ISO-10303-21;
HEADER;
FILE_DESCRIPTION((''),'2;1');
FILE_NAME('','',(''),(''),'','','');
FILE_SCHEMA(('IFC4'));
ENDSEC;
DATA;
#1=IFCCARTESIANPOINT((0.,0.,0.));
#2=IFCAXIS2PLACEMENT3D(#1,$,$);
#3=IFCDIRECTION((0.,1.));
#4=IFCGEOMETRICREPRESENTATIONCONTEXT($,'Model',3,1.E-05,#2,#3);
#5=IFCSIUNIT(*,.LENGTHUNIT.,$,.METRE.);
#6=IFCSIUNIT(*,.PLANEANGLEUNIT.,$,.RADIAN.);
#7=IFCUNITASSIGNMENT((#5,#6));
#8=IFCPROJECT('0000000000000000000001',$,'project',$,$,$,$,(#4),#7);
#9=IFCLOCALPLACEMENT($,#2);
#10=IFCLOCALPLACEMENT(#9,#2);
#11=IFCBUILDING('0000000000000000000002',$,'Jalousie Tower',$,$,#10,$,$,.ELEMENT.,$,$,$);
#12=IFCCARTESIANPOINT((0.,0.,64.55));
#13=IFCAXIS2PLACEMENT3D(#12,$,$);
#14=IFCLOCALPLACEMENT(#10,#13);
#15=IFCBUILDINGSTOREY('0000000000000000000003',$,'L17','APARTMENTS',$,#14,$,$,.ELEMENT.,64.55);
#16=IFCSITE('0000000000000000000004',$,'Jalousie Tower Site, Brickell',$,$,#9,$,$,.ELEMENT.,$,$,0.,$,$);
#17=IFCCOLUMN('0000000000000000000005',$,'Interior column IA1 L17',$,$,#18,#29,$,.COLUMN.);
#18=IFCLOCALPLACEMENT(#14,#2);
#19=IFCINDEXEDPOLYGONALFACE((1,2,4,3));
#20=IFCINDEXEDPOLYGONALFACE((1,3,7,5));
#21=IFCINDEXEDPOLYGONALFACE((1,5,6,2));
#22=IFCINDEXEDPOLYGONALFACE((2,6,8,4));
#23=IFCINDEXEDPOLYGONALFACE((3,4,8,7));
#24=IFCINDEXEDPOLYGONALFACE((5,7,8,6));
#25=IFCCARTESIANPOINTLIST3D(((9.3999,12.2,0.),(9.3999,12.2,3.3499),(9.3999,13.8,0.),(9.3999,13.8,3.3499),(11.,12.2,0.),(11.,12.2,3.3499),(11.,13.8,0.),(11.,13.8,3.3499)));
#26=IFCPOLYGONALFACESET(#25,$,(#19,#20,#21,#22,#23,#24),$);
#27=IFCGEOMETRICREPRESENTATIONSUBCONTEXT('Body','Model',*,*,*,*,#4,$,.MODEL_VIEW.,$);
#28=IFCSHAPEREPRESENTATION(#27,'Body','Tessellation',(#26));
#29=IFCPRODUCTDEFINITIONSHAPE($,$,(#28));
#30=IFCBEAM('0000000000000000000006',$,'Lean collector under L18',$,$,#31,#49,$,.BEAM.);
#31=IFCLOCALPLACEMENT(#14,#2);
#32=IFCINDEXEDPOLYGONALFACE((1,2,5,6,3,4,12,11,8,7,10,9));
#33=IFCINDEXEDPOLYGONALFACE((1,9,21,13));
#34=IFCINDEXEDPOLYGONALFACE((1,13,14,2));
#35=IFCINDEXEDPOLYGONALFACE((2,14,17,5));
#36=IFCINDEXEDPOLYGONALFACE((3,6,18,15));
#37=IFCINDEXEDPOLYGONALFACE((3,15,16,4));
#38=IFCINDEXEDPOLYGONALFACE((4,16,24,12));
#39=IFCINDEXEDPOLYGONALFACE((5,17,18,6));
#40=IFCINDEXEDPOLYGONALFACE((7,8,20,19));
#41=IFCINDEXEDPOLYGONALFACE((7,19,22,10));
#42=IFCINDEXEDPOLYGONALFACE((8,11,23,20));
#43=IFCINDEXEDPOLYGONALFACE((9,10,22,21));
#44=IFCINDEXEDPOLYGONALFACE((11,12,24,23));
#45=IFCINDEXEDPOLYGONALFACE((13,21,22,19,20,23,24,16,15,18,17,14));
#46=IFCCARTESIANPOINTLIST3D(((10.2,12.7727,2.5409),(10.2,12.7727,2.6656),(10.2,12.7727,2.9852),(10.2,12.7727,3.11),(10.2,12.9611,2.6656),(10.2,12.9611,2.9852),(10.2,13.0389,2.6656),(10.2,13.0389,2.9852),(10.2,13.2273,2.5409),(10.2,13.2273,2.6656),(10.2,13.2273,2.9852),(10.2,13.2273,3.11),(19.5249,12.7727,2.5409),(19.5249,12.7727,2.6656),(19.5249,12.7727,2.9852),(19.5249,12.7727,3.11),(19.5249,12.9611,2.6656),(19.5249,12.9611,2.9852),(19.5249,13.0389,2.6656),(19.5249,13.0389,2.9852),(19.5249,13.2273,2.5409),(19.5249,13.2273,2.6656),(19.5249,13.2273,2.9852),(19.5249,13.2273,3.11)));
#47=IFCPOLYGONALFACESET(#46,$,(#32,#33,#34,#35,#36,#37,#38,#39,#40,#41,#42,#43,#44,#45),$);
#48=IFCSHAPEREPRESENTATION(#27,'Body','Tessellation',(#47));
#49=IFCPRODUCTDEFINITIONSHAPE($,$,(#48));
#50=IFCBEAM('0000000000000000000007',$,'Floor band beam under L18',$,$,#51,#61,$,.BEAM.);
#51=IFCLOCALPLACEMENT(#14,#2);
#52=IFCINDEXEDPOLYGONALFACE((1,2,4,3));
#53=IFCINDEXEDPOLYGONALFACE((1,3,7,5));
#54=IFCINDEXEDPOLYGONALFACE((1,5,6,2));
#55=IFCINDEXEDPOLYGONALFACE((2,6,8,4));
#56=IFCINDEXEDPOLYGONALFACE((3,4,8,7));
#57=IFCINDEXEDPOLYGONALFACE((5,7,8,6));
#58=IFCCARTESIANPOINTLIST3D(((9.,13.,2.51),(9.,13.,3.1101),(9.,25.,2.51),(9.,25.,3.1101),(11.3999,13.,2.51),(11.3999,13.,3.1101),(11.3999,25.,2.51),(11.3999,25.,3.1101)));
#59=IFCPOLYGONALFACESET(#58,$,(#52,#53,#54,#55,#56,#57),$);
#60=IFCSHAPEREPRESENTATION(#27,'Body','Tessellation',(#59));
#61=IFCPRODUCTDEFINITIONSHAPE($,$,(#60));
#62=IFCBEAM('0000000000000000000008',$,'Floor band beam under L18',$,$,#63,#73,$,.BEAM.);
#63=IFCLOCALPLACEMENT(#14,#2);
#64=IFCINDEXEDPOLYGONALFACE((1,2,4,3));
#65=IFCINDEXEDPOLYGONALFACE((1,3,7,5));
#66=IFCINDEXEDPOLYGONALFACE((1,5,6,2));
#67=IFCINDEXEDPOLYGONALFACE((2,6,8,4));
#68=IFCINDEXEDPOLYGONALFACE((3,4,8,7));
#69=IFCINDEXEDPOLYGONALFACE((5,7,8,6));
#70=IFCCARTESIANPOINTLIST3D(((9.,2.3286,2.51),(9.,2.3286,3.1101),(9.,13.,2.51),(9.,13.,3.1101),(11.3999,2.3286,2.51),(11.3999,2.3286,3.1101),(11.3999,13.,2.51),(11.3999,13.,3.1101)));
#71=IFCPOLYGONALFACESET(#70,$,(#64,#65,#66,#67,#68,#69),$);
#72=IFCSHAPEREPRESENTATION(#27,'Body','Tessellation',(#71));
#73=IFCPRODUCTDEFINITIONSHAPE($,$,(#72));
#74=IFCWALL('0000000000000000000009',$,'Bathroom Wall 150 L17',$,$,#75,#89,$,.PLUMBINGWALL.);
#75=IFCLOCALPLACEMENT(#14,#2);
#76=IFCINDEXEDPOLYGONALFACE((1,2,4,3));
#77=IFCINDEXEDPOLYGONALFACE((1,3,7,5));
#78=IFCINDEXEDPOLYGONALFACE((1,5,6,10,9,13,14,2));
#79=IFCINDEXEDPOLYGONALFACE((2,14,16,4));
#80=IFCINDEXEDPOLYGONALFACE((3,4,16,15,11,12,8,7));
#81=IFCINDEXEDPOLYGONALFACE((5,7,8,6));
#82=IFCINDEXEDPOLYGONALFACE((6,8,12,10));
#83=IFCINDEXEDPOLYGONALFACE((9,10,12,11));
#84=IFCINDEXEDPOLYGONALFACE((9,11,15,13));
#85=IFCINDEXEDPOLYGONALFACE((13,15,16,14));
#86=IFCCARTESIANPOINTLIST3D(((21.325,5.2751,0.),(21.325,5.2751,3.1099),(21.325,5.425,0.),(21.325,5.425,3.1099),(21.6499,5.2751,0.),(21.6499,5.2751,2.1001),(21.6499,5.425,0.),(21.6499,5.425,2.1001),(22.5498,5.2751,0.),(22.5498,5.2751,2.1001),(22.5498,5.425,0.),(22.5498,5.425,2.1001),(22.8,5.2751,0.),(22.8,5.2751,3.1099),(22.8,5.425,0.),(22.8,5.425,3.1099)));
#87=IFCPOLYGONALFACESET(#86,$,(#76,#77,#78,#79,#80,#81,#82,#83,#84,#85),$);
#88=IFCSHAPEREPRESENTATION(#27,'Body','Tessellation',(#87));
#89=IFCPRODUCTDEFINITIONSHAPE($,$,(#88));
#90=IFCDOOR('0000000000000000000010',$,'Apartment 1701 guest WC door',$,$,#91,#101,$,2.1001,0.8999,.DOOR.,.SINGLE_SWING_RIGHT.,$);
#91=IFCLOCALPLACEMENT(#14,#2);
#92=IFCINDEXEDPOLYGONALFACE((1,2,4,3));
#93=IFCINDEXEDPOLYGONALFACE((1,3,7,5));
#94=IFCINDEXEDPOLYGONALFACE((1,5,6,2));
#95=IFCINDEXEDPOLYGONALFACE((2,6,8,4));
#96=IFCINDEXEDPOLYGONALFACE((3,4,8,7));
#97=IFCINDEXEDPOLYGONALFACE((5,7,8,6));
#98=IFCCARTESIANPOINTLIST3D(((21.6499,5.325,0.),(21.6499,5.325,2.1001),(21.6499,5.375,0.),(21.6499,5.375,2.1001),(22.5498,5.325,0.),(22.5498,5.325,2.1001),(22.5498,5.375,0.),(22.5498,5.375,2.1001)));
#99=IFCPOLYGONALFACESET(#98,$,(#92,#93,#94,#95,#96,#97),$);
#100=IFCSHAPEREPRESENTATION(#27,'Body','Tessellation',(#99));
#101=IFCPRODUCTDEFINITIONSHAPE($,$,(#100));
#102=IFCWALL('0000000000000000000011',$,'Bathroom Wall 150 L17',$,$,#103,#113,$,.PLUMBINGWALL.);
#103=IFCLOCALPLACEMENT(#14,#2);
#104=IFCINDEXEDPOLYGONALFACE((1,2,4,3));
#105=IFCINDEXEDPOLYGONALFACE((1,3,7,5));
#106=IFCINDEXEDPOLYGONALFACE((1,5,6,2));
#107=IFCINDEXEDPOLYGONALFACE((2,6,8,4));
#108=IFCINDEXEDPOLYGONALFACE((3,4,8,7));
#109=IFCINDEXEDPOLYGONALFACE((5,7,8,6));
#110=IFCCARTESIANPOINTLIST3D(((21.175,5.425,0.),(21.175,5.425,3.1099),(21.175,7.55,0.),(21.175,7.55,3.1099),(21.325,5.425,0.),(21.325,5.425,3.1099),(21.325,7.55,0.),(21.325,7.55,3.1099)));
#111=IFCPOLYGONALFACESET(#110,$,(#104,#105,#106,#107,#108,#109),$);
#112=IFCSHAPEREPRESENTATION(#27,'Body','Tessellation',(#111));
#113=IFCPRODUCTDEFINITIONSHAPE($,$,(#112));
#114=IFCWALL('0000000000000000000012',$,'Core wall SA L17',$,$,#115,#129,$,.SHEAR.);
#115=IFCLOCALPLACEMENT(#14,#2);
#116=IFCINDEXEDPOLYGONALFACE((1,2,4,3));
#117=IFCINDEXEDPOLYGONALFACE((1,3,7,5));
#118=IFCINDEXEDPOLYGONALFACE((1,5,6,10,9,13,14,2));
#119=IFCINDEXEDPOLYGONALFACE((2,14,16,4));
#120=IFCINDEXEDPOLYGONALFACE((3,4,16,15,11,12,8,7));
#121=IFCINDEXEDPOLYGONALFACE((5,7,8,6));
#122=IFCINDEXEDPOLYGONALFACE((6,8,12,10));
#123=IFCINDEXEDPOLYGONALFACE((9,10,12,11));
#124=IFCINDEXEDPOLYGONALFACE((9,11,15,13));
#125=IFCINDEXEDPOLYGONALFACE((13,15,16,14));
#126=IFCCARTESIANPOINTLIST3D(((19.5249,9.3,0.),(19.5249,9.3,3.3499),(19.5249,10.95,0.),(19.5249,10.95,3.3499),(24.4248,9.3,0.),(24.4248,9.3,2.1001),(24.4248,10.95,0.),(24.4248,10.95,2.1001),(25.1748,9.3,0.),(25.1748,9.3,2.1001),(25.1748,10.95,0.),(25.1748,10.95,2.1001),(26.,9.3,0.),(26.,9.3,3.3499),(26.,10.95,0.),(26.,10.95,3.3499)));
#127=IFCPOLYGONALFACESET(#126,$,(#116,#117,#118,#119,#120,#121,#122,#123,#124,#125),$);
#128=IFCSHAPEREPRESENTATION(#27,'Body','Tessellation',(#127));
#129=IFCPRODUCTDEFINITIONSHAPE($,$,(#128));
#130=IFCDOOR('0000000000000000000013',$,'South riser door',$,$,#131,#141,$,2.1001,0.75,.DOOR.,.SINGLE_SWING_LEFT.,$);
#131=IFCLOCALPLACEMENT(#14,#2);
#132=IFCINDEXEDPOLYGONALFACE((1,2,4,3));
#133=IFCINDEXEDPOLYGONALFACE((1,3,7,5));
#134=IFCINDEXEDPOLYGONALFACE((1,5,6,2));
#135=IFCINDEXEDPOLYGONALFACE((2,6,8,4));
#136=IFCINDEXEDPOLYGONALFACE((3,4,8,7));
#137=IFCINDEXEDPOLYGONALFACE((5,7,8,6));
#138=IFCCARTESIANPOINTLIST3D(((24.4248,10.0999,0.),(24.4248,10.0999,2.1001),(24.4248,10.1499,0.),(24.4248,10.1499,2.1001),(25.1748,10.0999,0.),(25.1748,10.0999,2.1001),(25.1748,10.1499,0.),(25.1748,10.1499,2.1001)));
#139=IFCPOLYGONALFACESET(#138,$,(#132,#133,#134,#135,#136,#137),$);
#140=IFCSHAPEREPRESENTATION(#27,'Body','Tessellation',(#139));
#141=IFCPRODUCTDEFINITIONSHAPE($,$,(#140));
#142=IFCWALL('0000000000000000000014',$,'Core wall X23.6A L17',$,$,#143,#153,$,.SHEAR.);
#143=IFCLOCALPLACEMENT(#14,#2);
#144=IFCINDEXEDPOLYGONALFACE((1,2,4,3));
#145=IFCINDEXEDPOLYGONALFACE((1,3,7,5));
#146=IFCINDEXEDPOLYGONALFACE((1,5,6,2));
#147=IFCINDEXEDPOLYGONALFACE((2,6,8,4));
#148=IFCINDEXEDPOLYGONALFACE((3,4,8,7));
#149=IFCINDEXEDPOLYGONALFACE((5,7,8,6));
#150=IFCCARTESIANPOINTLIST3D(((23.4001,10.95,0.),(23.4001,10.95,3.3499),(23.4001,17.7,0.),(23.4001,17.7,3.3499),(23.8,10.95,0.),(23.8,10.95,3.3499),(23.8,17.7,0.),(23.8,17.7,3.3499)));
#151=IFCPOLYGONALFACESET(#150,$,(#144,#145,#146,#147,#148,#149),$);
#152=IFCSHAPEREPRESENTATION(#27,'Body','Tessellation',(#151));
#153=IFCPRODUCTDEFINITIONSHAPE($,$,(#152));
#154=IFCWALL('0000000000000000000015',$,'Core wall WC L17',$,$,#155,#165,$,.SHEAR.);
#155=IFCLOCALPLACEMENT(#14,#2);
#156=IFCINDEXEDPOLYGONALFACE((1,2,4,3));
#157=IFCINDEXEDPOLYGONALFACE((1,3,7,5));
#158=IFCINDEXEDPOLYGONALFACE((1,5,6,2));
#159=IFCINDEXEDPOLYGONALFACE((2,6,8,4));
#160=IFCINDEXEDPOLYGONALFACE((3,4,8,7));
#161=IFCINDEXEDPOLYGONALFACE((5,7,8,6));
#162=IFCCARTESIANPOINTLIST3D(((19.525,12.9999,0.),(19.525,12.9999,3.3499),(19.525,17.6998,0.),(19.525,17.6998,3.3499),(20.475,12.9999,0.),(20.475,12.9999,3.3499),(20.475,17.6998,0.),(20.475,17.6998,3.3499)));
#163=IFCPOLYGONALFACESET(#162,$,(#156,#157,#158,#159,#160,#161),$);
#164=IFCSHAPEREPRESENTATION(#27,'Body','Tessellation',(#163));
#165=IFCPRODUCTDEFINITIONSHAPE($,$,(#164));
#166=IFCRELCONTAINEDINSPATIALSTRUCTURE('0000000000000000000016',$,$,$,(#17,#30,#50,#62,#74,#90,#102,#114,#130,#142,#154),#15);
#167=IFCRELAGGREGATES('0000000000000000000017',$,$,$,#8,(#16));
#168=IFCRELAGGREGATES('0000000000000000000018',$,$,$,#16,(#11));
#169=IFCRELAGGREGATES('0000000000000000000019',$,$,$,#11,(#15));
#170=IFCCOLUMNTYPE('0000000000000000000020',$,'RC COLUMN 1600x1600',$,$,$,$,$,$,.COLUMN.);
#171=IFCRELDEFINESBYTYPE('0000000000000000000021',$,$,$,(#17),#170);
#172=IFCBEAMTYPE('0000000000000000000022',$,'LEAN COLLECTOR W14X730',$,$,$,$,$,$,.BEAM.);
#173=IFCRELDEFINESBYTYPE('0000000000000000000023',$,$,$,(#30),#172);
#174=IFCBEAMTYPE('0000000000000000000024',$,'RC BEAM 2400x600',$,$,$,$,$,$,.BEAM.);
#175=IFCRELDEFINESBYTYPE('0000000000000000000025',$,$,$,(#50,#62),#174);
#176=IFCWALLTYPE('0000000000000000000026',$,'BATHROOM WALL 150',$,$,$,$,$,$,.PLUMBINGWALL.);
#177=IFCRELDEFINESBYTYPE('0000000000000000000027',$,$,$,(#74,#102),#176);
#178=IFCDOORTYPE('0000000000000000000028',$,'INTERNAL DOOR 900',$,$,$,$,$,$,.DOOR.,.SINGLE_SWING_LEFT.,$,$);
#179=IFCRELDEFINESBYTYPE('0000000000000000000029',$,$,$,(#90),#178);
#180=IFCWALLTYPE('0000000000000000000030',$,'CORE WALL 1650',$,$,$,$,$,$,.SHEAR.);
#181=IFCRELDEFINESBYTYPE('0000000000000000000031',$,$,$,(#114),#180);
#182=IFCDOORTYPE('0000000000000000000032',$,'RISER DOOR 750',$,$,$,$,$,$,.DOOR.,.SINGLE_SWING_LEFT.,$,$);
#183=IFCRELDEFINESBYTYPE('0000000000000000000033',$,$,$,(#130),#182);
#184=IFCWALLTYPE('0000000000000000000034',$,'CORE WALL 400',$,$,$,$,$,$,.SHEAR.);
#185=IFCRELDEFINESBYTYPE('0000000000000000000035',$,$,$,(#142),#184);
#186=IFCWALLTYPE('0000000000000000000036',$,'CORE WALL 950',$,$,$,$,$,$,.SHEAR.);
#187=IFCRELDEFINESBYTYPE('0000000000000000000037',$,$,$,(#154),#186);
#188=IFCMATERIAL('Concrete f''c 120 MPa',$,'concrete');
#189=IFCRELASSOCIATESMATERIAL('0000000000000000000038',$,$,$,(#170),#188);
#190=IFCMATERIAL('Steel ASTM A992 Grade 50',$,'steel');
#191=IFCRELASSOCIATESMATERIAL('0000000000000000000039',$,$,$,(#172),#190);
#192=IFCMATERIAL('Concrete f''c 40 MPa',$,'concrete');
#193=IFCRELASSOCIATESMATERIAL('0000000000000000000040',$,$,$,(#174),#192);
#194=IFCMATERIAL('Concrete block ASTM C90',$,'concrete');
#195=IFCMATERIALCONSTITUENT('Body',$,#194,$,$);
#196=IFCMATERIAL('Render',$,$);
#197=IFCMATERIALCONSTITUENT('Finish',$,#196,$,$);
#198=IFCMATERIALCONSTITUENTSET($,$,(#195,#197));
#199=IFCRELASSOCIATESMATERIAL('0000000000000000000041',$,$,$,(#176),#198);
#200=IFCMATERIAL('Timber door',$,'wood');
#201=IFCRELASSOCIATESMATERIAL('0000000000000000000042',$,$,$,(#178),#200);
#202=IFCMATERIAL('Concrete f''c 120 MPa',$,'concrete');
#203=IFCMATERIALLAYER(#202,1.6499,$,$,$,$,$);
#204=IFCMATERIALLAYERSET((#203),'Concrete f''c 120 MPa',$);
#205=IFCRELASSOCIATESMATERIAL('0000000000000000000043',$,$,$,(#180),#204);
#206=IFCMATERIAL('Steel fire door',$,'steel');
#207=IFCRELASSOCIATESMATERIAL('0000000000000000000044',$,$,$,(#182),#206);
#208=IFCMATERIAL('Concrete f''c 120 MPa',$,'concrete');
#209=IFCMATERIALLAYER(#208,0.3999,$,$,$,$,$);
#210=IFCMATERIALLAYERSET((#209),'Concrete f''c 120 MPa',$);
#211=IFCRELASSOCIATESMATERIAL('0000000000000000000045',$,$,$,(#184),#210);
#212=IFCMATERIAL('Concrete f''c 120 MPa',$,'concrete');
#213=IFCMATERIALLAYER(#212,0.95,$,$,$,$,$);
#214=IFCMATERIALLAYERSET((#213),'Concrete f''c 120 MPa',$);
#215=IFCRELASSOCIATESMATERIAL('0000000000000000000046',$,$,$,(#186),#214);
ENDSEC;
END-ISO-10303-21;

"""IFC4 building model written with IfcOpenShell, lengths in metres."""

from ifc_helpers import new_model, si_unit, direction, frame, frame_2d, origin, origin_2d, place, context, subcontext, project, spatial, rectangle, i_section, extrude, material, layer, layer_set, constituent, constituent_set, material_profile, profile_set, type_object, element, fill, save


model = new_model("IFC4")

# Units and contexts
model_context = context("Model", 3, precision=1e-05, world=origin(), true_north=direction((0.0, 1.0)))
body_context = subcontext(model_context, "Body", "Model", "MODEL_VIEW")
ifc_project = project(units=[si_unit("LENGTHUNIT", "METRE"), si_unit("PLANEANGLEUNIT", "RADIAN")], contexts=[model_context])

# Site, building, storey
site_placement = place(None, origin())
site = spatial("IfcSite", under=ifc_project, at=site_placement, Name="Jalousie Tower Site, Brickell", CompositionType="ELEMENT", RefElevation=0.0)
building_placement = place(site_placement, origin())
building = spatial("IfcBuilding", under=site, at=building_placement, Name="Jalousie Tower", CompositionType="ELEMENT")
storey_placement = place(building_placement, frame((0.0, 0.0, 64.55)))
storey = spatial("IfcBuildingStorey", under=building, at=storey_placement, Name="L17", Description="APARTMENTS", CompositionType="ELEMENT", Elevation=64.55)

# Column
ifc_material_1 = material(Name="Concrete f'c 120 MPa", Category="concrete")
ifc_material_profile_1 = material_profile(ifc_material_1, rectangle(XDim=1.6001, YDim=1.6001, at=origin_2d()), Name="RC 1600x1600")
ifc_profile_set_1 = profile_set([ifc_material_profile_1], Name="Concrete f'c 120 MPa")
column_type = type_object("IfcColumnType", Name="RC COLUMN 1600x1600", PredefinedType="COLUMN", material=ifc_profile_set_1)
column_placement = place(storey_placement, frame((10.2, 13.0, 0.0), z_axis=(0.0, 0.0, 1.0), x_axis=(1.0, 0.0, 0.0)))
element("IfcColumn", 1, at=column_placement, inside=storey, type_object=column_type, Name="Interior column IA1 L17", PredefinedType="COLUMN", context=body_context, shape_type="SweptSolid", body=[
    extrude(rectangle(XDim=1.6001, YDim=1.6001, at=origin_2d()), origin(), (0.0, 0.0, 1.0), 3.3499),
])

# Beams
ifc_material_2 = material(Name="Steel ASTM A992 Grade 50", Category="steel")
ifc_material_profile_2 = material_profile(ifc_material_2, i_section(OverallWidth=0.4546, OverallDepth=0.5691, WebThickness=0.0779, FlangeThickness=0.1248, at=origin_2d()), Name="W14X730")
ifc_profile_set_2 = profile_set([ifc_material_profile_2], Name="Steel ASTM A992 Grade 50")
beam_type_1 = type_object("IfcBeamType", Name="LEAN COLLECTOR W14X730", PredefinedType="BEAM", material=ifc_profile_set_2)
beam_1_placement = place(storey_placement, frame((10.2, 13.0, 2.8254), z_axis=(1.0, 0.0, 0.0), x_axis=(0.0, 1.0, 0.0)))
element("IfcBeam", 2, at=beam_1_placement, inside=storey, type_object=beam_type_1, Name="Lean collector under L18", PredefinedType="BEAM", context=body_context, shape_type="SweptSolid", body=[
    extrude(i_section(OverallWidth=0.4546, OverallDepth=0.5691, WebThickness=0.0779, FlangeThickness=0.1248, at=origin_2d()), origin(), (0.0, 0.0, 1.0), 9.325),
])
ifc_material_3 = material(Name="Concrete f'c 40 MPa", Category="concrete")
ifc_material_profile_3 = material_profile(ifc_material_3, rectangle(XDim=2.3999, YDim=0.6001, at=origin_2d()), Name="RC 2400x600")
ifc_profile_set_3 = profile_set([ifc_material_profile_3], Name="Concrete f'c 40 MPa")
beam_type_2 = type_object("IfcBeamType", Name="RC BEAM 2400x600", PredefinedType="BEAM", material=ifc_profile_set_3)
beam_2_placement = place(storey_placement, frame((10.2, 13.0, 2.8101), z_axis=(0.0, 1.0, 0.0), x_axis=(-1.0, 0.0, 0.0)))
element("IfcBeam", 3, at=beam_2_placement, inside=storey, type_object=beam_type_2, Name="Floor band beam under L18", PredefinedType="BEAM", context=body_context, shape_type="SweptSolid", body=[
    extrude(rectangle(XDim=2.3999, YDim=0.6001, at=origin_2d()), origin(), (0.0, 0.0, 1.0), 12.0),
])
beam_3_placement = place(storey_placement, frame((10.2, 13.0, 2.8101), z_axis=(0.0, -1.0, 0.0), x_axis=(1.0, 0.0, 0.0)))
element("IfcBeam", 4, at=beam_3_placement, inside=storey, type_object=beam_type_2, Name="Floor band beam under L18", PredefinedType="BEAM", context=body_context, shape_type="SweptSolid", body=[
    extrude(rectangle(XDim=2.3999, YDim=0.6001, at=origin_2d()), origin(), (0.0, 0.0, 1.0), 10.6714),
])

# Wall, opening, door
ifc_material_4 = material(Name="Concrete block ASTM C90", Category="concrete")
ifc_constituent_1 = constituent(ifc_material_4, Name="Body")
ifc_material_5 = material(Name="Render")
ifc_constituent_2 = constituent(ifc_material_5, Name="Finish")
ifc_constituent_set_1 = constituent_set(constituents=[ifc_constituent_1, ifc_constituent_2])
wall_type_1 = type_object("IfcWallType", Name="BATHROOM WALL 150", PredefinedType="PLUMBINGWALL", material=ifc_constituent_set_1)
wall_1_placement = place(storey_placement, frame((21.325, 5.3501, 0.0), z_axis=(0.0, 0.0, 1.0), x_axis=(1.0, 0.0, 0.0)))
wall_1 = element("IfcWall", 5, at=wall_1_placement, inside=storey, type_object=wall_type_1, Name="Bathroom Wall 150 L17", PredefinedType="PLUMBINGWALL", context=body_context, shape_type="SweptSolid", body=[
    extrude(rectangle(XDim=1.4751, YDim=0.1499, at=frame_2d((0.7375, 0.0))), origin(), (0.0, 0.0, 1.0), 3.1099),
])
opening_1_placement = place(wall_1_placement, frame((0.325, 0.0, 0.0)))
opening_1 = element("IfcOpeningElement", 6, at=opening_1_placement, cuts=wall_1, PredefinedType="OPENING", context=body_context, shape_type="SweptSolid", body=[
    extrude(rectangle(XDim=0.8999, YDim=2.1001, at=frame_2d((0.45, 1.05))), frame((0.0, 0.085, 0.0), z_axis=(0.0, -1.0, 0.0), x_axis=(1.0, 0.0, 0.0)), (0.0, 0.0, 1.0), 0.1699),
])
ifc_material_6 = material(Name="Timber door", Category="wood")
door_type_1 = type_object("IfcDoorType", Name="INTERNAL DOOR 900", OperationType="SINGLE_SWING_LEFT", PredefinedType="DOOR", material=ifc_material_6)
door_1_placement = place(opening_1_placement, origin())
door_1 = element("IfcDoor", 7, at=door_1_placement, inside=storey, type_object=door_type_1, Name="Apartment 1701 guest WC door", OperationType="SINGLE_SWING_RIGHT", OverallHeight=2.1001, OverallWidth=0.8999, PredefinedType="DOOR", context=body_context, shape_type="SweptSolid", body=[
    extrude(rectangle(XDim=0.8999, YDim=2.1001, at=frame_2d((0.45, 1.05))), frame((0.0, 0.0249, 0.0), z_axis=(0.0, -1.0, 0.0), x_axis=(1.0, 0.0, 0.0)), (0.0, 0.0, 1.0), 0.05),
])
fill(opening_1, door_1)

# Wall
wall_2_placement = place(storey_placement, frame((21.25, 5.425, 0.0), z_axis=(0.0, 0.0, 1.0), x_axis=(0.0, 1.0, 0.0)))
element("IfcWall", 8, at=wall_2_placement, inside=storey, type_object=wall_type_1, Name="Bathroom Wall 150 L17", PredefinedType="PLUMBINGWALL", context=body_context, shape_type="SweptSolid", body=[
    extrude(rectangle(XDim=2.125, YDim=0.1499, at=frame_2d((1.0625, 0.0))), origin(), (0.0, 0.0, 1.0), 3.1099),
])

# Wall, opening, door
ifc_material_7 = material(Name="Concrete f'c 120 MPa", Category="concrete")
ifc_layer_1 = layer(ifc_material_7, 1.6499)
ifc_layer_set_1 = layer_set([ifc_layer_1], Name="Concrete f'c 120 MPa")
wall_type_2 = type_object("IfcWallType", Name="CORE WALL 1650", PredefinedType="SHEAR", material=ifc_layer_set_1)
wall_3_placement = place(storey_placement, frame((19.5249, 10.125, 0.0), z_axis=(0.0, 0.0, 1.0), x_axis=(1.0, 0.0, 0.0)))
wall_3 = element("IfcWall", 9, at=wall_3_placement, inside=storey, type_object=wall_type_2, Name="Core wall SA L17", PredefinedType="SHEAR", context=body_context, shape_type="SweptSolid", body=[
    extrude(rectangle(XDim=6.4751, YDim=1.6499, at=frame_2d((3.2375, 0.0))), origin(), (0.0, 0.0, 1.0), 3.3499),
])
opening_2_placement = place(wall_3_placement, frame((4.8999, 0.0, 0.0)))
opening_2 = element("IfcOpeningElement", 10, at=opening_2_placement, cuts=wall_3, PredefinedType="OPENING", context=body_context, shape_type="SweptSolid", body=[
    extrude(rectangle(XDim=0.75, YDim=2.1001, at=frame_2d((0.375, 1.05))), frame((0.0, 0.835, 0.0), z_axis=(0.0, -1.0, 0.0), x_axis=(1.0, 0.0, 0.0)), (0.0, 0.0, 1.0), 1.6699),
])
ifc_material_8 = material(Name="Steel fire door", Category="steel")
door_type_2 = type_object("IfcDoorType", Name="RISER DOOR 750", OperationType="SINGLE_SWING_LEFT", PredefinedType="DOOR", material=ifc_material_8)
door_2_placement = place(opening_2_placement, origin())
door_2 = element("IfcDoor", 11, at=door_2_placement, inside=storey, type_object=door_type_2, Name="South riser door", OperationType="SINGLE_SWING_LEFT", OverallHeight=2.1001, OverallWidth=0.75, PredefinedType="DOOR", context=body_context, shape_type="SweptSolid", body=[
    extrude(rectangle(XDim=0.75, YDim=2.1001, at=frame_2d((0.375, 1.05))), frame((0.0, 0.0249, 0.0), z_axis=(0.0, -1.0, 0.0), x_axis=(1.0, 0.0, 0.0)), (0.0, 0.0, 1.0), 0.05),
])
fill(opening_2, door_2)

# Walls
ifc_material_9 = material(Name="Concrete f'c 120 MPa", Category="concrete")
ifc_layer_2 = layer(ifc_material_9, 0.3999)
ifc_layer_set_2 = layer_set([ifc_layer_2], Name="Concrete f'c 120 MPa")
wall_type_3 = type_object("IfcWallType", Name="CORE WALL 400", PredefinedType="SHEAR", material=ifc_layer_set_2)
wall_4_placement = place(storey_placement, frame((23.6001, 10.95, 0.0), z_axis=(0.0, 0.0, 1.0), x_axis=(0.0, 1.0, 0.0)))
element("IfcWall", 12, at=wall_4_placement, inside=storey, type_object=wall_type_3, Name="Core wall X23.6A L17", PredefinedType="SHEAR", context=body_context, shape_type="SweptSolid", body=[
    extrude(rectangle(XDim=6.75, YDim=0.3999, at=frame_2d((3.375, 0.0))), origin(), (0.0, 0.0, 1.0), 3.3499),
])
ifc_material_10 = material(Name="Concrete f'c 120 MPa", Category="concrete")
ifc_layer_3 = layer(ifc_material_10, 0.95)
ifc_layer_set_3 = layer_set([ifc_layer_3], Name="Concrete f'c 120 MPa")
wall_type_4 = type_object("IfcWallType", Name="CORE WALL 950", PredefinedType="SHEAR", material=ifc_layer_set_3)
wall_5_placement = place(storey_placement, frame((20.0, 17.7, 0.0), z_axis=(0.0, 0.0, 1.0), x_axis=(0.0, -1.0, 0.0)))
element("IfcWall", 13, at=wall_5_placement, inside=storey, type_object=wall_type_4, Name="Core wall WC L17", PredefinedType="SHEAR", context=body_context, shape_type="SweptSolid", body=[
    extrude(rectangle(XDim=4.7, YDim=0.95, at=frame_2d((2.3501, 0.0))), origin(), (0.0, 0.0, 1.0), 3.3499),
])

save(model, "model.ifc")
